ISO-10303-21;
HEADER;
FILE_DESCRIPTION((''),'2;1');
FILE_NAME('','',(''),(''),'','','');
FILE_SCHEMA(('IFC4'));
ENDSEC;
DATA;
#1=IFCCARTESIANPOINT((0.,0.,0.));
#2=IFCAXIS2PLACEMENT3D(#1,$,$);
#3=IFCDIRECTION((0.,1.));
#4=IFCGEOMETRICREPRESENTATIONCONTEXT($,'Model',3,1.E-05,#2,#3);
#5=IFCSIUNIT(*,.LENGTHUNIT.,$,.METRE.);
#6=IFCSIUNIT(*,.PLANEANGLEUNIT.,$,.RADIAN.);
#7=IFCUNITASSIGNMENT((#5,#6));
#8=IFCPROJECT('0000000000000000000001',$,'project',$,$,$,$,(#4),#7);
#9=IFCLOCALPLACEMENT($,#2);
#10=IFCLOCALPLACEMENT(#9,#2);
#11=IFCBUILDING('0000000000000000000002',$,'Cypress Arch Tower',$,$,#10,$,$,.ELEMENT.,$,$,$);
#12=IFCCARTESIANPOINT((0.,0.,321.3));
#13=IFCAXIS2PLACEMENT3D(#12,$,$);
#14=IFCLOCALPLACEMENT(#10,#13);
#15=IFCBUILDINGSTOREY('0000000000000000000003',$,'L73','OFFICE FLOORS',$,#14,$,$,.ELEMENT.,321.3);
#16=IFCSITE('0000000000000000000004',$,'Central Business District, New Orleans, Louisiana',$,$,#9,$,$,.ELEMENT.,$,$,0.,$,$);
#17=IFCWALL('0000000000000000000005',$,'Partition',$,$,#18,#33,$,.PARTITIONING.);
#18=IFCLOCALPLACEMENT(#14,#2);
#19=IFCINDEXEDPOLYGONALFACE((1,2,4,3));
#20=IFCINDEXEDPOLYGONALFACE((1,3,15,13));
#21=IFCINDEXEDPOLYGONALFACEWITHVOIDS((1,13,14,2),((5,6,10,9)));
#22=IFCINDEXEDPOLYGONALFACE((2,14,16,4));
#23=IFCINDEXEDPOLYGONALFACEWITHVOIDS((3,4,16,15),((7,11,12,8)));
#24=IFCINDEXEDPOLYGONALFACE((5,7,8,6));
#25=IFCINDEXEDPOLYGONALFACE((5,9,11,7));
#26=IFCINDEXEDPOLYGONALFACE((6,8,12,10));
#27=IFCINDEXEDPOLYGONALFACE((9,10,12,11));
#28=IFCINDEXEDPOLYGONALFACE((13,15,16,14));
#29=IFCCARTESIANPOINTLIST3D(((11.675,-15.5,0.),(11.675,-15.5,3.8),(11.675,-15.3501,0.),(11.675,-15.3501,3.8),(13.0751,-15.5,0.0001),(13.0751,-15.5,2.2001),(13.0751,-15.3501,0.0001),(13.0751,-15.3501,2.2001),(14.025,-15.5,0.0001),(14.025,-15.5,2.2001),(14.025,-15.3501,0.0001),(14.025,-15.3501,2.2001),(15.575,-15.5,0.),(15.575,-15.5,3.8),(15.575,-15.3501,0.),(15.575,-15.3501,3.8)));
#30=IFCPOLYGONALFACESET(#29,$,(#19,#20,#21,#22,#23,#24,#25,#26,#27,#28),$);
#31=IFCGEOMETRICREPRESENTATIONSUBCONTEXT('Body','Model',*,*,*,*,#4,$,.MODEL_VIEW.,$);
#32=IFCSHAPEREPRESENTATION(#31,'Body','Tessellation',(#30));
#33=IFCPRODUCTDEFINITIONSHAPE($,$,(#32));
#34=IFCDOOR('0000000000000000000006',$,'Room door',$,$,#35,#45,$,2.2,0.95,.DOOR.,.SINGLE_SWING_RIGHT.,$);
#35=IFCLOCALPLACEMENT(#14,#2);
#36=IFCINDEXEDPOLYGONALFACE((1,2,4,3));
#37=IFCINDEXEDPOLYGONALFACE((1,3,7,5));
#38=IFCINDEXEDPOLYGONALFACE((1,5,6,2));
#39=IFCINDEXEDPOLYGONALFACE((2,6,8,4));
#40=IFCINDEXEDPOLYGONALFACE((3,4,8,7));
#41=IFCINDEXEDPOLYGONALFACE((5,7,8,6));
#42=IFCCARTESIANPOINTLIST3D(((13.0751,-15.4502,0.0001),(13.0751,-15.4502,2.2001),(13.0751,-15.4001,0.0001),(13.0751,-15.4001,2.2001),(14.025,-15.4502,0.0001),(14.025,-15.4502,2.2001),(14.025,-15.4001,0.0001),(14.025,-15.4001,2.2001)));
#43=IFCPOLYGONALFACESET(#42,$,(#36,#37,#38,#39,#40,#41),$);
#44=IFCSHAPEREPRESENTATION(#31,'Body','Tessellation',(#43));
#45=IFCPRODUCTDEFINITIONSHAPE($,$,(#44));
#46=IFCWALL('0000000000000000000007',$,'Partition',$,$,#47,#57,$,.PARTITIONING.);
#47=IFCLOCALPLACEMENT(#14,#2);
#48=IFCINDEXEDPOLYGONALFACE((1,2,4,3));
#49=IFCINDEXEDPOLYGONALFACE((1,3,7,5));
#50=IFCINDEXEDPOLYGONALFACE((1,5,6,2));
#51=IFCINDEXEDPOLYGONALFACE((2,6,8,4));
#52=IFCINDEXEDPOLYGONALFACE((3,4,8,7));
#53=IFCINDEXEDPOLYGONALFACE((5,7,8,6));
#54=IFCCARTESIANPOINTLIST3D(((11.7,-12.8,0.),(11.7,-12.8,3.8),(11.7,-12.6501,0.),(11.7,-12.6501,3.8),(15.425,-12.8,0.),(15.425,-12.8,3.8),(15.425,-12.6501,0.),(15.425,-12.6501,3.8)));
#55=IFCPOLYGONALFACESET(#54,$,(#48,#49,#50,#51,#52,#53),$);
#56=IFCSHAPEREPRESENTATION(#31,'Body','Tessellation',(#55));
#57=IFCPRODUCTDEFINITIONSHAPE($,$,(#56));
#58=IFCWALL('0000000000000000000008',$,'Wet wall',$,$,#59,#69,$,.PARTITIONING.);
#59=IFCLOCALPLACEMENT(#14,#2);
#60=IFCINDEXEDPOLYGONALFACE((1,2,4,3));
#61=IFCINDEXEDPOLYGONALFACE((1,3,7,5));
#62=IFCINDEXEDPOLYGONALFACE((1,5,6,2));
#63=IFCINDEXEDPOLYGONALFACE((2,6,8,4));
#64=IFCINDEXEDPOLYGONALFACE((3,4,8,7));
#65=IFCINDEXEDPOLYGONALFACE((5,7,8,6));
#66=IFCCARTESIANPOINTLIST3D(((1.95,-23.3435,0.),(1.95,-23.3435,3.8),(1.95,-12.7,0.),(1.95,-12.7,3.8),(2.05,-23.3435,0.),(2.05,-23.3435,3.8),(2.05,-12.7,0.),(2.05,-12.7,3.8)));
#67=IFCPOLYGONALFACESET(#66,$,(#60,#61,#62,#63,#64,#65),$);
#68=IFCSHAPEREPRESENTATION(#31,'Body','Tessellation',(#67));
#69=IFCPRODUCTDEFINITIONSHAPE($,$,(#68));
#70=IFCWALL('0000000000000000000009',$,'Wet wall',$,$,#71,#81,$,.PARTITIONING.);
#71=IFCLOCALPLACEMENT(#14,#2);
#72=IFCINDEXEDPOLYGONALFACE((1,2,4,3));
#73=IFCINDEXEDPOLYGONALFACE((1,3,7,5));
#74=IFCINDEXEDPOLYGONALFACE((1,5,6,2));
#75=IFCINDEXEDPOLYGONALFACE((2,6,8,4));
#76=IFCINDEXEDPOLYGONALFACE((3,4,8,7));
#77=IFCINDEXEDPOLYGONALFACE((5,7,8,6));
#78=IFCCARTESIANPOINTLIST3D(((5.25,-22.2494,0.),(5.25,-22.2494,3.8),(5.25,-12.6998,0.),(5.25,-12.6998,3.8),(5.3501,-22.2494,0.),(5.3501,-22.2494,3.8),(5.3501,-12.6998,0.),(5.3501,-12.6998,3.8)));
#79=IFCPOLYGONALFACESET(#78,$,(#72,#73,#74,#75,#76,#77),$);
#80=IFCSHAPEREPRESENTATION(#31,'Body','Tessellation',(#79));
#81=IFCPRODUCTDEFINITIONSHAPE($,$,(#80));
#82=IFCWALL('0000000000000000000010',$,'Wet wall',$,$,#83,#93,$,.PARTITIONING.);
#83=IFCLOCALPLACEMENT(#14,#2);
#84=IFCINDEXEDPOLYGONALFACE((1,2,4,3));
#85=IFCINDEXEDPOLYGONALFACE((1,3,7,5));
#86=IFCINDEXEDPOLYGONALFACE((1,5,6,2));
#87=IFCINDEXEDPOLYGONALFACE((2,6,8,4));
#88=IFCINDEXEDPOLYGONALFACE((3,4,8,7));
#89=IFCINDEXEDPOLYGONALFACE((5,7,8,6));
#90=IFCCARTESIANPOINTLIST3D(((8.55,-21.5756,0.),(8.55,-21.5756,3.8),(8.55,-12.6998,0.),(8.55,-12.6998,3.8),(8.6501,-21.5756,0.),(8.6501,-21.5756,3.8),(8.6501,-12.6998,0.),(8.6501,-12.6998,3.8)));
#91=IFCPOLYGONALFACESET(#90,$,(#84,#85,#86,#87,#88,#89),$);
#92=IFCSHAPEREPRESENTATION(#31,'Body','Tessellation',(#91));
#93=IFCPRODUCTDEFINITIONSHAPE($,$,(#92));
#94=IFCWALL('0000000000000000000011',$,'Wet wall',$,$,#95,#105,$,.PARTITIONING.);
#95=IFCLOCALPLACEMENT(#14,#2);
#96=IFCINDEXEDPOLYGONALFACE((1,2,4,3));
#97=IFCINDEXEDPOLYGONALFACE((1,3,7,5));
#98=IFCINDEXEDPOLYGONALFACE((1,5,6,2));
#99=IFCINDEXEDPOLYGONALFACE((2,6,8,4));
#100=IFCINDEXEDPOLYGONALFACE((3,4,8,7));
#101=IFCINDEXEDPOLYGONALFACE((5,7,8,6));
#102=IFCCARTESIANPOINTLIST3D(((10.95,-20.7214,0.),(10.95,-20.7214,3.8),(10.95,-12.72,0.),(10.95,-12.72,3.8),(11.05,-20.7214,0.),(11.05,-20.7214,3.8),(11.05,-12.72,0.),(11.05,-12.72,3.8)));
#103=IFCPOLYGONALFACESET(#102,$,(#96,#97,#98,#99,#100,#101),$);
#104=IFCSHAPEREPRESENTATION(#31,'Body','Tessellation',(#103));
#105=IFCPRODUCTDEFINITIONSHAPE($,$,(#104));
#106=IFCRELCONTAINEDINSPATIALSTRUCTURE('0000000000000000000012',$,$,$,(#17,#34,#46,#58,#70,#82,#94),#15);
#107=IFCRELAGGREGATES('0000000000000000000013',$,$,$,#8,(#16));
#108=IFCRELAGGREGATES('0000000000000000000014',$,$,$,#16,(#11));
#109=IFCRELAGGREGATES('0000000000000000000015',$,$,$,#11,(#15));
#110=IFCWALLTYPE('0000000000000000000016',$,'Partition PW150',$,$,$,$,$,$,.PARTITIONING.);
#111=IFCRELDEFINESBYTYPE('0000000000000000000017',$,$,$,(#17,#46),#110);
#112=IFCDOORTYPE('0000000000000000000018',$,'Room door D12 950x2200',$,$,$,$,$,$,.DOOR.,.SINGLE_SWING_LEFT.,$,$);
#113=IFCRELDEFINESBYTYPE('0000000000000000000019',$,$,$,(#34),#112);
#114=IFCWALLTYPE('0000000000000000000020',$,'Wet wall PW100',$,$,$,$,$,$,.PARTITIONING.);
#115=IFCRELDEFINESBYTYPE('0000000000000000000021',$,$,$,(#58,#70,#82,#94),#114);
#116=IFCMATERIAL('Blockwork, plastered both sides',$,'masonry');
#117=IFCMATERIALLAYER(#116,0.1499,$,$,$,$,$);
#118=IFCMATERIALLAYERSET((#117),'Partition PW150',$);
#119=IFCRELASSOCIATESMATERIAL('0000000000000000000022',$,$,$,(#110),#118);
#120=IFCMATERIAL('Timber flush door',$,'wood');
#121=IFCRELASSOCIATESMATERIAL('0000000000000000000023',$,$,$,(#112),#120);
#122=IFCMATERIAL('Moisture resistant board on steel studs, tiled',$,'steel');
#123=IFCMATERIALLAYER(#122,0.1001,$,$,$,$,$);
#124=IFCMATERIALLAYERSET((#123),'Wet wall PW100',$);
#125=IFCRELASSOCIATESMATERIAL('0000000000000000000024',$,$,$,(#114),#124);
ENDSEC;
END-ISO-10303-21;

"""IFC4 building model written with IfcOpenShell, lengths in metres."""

from ifc_helpers import new_model, si_unit, direction, frame, frame_2d, origin, place, context, subcontext, project, spatial, rectangle, extrude, material, layer, layer_set, type_object, element, fill, save


model = new_model("IFC4")

# Units and contexts
model_context = context("Model", 3, precision=1e-05, world=origin(), true_north=direction((0.0, 1.0)))
body_context = subcontext(model_context, "Body", "Model", "MODEL_VIEW")
ifc_project = project(units=[si_unit("LENGTHUNIT", "METRE"), si_unit("PLANEANGLEUNIT", "RADIAN")], contexts=[model_context])

# Site, building, storey
site_placement = place(None, origin())
site = spatial("IfcSite", under=ifc_project, at=site_placement, Name="Central Business District, New Orleans, Louisiana", CompositionType="ELEMENT", RefElevation=0.0)
building_placement = place(site_placement, origin())
building = spatial("IfcBuilding", under=site, at=building_placement, Name="Cypress Arch Tower", CompositionType="ELEMENT")
storey_placement = place(building_placement, frame((0.0, 0.0, 321.3)))
storey = spatial("IfcBuildingStorey", under=building, at=storey_placement, Name="L73", Description="OFFICE FLOORS", CompositionType="ELEMENT", Elevation=321.3)

# Shared definitions
ifc_material_1 = material(Name="Blockwork, plastered both sides", Category="masonry")
ifc_layer_1 = layer(ifc_material_1, 0.1499)
ifc_layer_set_1 = layer_set([ifc_layer_1], Name="Partition PW150")
wall_type_1 = type_object("IfcWallType", Name="Partition PW150", PredefinedType="PARTITIONING", material=ifc_layer_set_1)

# Wall, opening, door
wall_1_placement = place(storey_placement, frame((11.675, -15.425, 0.0), z_axis=(0.0, 0.0, 1.0), x_axis=(1.0, 0.0, 0.0)))
wall_1 = element("IfcWall", 1, at=wall_1_placement, inside=storey, type_object=wall_type_1, Name="Partition", PredefinedType="PARTITIONING", context=body_context, shape_type="SweptSolid", body=[
    extrude(rectangle(XDim=3.8999, YDim=0.1499, at=frame_2d((1.95, 0.0))), origin(), (0.0, 0.0, 1.0), 3.8),
])
opening_1_placement = place(wall_1_placement, frame((1.3999, 0.0, 0.0)))
opening_1 = element("IfcOpeningElement", 2, at=opening_1_placement, cuts=wall_1, PredefinedType="OPENING", context=body_context, shape_type="SweptSolid", body=[
    extrude(rectangle(XDim=0.95, YDim=2.2, at=frame_2d((0.4751, 1.1001))), frame((0.0, 0.085, 0.0), z_axis=(0.0, -1.0, 0.0), x_axis=(1.0, 0.0, 0.0)), (0.0, 0.0, 1.0), 0.1699),
])
ifc_material_2 = material(Name="Timber flush door", Category="wood")
door_type_1 = type_object("IfcDoorType", Name="Room door D12 950x2200", OperationType="SINGLE_SWING_LEFT", PredefinedType="DOOR", material=ifc_material_2)
door_1_placement = place(opening_1_placement, origin())
door_1 = element("IfcDoor", 3, at=door_1_placement, inside=storey, type_object=door_type_1, Name="Room door", OperationType="SINGLE_SWING_RIGHT", OverallHeight=2.2, OverallWidth=0.95, PredefinedType="DOOR", context=body_context, shape_type="SweptSolid", body=[
    extrude(rectangle(XDim=0.95, YDim=2.2, at=frame_2d((0.4751, 1.1001))), frame((0.0, 0.0249, 0.0), z_axis=(0.0, -1.0, 0.0), x_axis=(1.0, 0.0, 0.0)), (0.0, 0.0, 1.0), 0.05),
])
fill(opening_1, door_1)

# Walls
wall_2_placement = place(storey_placement, frame((11.7, -12.7251, 0.0), z_axis=(0.0, 0.0, 1.0), x_axis=(1.0, 0.0, 0.0)))
element("IfcWall", 4, at=wall_2_placement, inside=storey, type_object=wall_type_1, Name="Partition", PredefinedType="PARTITIONING", context=body_context, shape_type="SweptSolid", body=[
    extrude(rectangle(XDim=3.7251, YDim=0.1499, at=frame_2d((1.8625, 0.0))), origin(), (0.0, 0.0, 1.0), 3.8),
])
ifc_material_3 = material(Name="Moisture resistant board on steel studs, tiled", Category="steel")
ifc_layer_2 = layer(ifc_material_3, 0.1001)
ifc_layer_set_2 = layer_set([ifc_layer_2], Name="Wet wall PW100")
wall_type_2 = type_object("IfcWallType", Name="Wet wall PW100", PredefinedType="PARTITIONING", material=ifc_layer_set_2)
wall_3_placement = place(storey_placement, frame((2.0, -23.3435, 0.0), z_axis=(0.0, 0.0, 1.0), x_axis=(0.0, 1.0, 0.0)))
element("IfcWall", 5, at=wall_3_placement, inside=storey, type_object=wall_type_2, Name="Wet wall", PredefinedType="PARTITIONING", context=body_context, shape_type="SweptSolid", body=[
    extrude(rectangle(XDim=10.6436, YDim=0.1001, at=frame_2d((5.3218, 0.0))), origin(), (0.0, 0.0, 1.0), 3.8),
])
wall_4_placement = place(storey_placement, frame((5.3, -22.2495, 0.0), z_axis=(0.0, 0.0, 1.0), x_axis=(0.0, 1.0, 0.0)))
element("IfcWall", 6, at=wall_4_placement, inside=storey, type_object=wall_type_2, Name="Wet wall", PredefinedType="PARTITIONING", context=body_context, shape_type="SweptSolid", body=[
    extrude(rectangle(XDim=9.5496, YDim=0.1001, at=frame_2d((4.7749, 0.0))), origin(), (0.0, 0.0, 1.0), 3.8),
])
wall_5_placement = place(storey_placement, frame((8.6001, -21.5757, 0.0), z_axis=(0.0, 0.0, 1.0), x_axis=(0.0, 1.0, 0.0)))
element("IfcWall", 7, at=wall_5_placement, inside=storey, type_object=wall_type_2, Name="Wet wall", PredefinedType="PARTITIONING", context=body_context, shape_type="SweptSolid", body=[
    extrude(rectangle(XDim=8.8757, YDim=0.1001, at=frame_2d((4.438, 0.0))), origin(), (0.0, 0.0, 1.0), 3.8),
])
wall_6_placement = place(storey_placement, frame((11.0, -20.7214, 0.0), z_axis=(0.0, 0.0, 1.0), x_axis=(0.0, 1.0, 0.0)))
element("IfcWall", 8, at=wall_6_placement, inside=storey, type_object=wall_type_2, Name="Wet wall", PredefinedType="PARTITIONING", context=body_context, shape_type="SweptSolid", body=[
    extrude(rectangle(XDim=8.0015, YDim=0.1001, at=frame_2d((4.0007, 0.0))), origin(), (0.0, 0.0, 1.0), 3.8),
])

save(model, "model.ifc")
